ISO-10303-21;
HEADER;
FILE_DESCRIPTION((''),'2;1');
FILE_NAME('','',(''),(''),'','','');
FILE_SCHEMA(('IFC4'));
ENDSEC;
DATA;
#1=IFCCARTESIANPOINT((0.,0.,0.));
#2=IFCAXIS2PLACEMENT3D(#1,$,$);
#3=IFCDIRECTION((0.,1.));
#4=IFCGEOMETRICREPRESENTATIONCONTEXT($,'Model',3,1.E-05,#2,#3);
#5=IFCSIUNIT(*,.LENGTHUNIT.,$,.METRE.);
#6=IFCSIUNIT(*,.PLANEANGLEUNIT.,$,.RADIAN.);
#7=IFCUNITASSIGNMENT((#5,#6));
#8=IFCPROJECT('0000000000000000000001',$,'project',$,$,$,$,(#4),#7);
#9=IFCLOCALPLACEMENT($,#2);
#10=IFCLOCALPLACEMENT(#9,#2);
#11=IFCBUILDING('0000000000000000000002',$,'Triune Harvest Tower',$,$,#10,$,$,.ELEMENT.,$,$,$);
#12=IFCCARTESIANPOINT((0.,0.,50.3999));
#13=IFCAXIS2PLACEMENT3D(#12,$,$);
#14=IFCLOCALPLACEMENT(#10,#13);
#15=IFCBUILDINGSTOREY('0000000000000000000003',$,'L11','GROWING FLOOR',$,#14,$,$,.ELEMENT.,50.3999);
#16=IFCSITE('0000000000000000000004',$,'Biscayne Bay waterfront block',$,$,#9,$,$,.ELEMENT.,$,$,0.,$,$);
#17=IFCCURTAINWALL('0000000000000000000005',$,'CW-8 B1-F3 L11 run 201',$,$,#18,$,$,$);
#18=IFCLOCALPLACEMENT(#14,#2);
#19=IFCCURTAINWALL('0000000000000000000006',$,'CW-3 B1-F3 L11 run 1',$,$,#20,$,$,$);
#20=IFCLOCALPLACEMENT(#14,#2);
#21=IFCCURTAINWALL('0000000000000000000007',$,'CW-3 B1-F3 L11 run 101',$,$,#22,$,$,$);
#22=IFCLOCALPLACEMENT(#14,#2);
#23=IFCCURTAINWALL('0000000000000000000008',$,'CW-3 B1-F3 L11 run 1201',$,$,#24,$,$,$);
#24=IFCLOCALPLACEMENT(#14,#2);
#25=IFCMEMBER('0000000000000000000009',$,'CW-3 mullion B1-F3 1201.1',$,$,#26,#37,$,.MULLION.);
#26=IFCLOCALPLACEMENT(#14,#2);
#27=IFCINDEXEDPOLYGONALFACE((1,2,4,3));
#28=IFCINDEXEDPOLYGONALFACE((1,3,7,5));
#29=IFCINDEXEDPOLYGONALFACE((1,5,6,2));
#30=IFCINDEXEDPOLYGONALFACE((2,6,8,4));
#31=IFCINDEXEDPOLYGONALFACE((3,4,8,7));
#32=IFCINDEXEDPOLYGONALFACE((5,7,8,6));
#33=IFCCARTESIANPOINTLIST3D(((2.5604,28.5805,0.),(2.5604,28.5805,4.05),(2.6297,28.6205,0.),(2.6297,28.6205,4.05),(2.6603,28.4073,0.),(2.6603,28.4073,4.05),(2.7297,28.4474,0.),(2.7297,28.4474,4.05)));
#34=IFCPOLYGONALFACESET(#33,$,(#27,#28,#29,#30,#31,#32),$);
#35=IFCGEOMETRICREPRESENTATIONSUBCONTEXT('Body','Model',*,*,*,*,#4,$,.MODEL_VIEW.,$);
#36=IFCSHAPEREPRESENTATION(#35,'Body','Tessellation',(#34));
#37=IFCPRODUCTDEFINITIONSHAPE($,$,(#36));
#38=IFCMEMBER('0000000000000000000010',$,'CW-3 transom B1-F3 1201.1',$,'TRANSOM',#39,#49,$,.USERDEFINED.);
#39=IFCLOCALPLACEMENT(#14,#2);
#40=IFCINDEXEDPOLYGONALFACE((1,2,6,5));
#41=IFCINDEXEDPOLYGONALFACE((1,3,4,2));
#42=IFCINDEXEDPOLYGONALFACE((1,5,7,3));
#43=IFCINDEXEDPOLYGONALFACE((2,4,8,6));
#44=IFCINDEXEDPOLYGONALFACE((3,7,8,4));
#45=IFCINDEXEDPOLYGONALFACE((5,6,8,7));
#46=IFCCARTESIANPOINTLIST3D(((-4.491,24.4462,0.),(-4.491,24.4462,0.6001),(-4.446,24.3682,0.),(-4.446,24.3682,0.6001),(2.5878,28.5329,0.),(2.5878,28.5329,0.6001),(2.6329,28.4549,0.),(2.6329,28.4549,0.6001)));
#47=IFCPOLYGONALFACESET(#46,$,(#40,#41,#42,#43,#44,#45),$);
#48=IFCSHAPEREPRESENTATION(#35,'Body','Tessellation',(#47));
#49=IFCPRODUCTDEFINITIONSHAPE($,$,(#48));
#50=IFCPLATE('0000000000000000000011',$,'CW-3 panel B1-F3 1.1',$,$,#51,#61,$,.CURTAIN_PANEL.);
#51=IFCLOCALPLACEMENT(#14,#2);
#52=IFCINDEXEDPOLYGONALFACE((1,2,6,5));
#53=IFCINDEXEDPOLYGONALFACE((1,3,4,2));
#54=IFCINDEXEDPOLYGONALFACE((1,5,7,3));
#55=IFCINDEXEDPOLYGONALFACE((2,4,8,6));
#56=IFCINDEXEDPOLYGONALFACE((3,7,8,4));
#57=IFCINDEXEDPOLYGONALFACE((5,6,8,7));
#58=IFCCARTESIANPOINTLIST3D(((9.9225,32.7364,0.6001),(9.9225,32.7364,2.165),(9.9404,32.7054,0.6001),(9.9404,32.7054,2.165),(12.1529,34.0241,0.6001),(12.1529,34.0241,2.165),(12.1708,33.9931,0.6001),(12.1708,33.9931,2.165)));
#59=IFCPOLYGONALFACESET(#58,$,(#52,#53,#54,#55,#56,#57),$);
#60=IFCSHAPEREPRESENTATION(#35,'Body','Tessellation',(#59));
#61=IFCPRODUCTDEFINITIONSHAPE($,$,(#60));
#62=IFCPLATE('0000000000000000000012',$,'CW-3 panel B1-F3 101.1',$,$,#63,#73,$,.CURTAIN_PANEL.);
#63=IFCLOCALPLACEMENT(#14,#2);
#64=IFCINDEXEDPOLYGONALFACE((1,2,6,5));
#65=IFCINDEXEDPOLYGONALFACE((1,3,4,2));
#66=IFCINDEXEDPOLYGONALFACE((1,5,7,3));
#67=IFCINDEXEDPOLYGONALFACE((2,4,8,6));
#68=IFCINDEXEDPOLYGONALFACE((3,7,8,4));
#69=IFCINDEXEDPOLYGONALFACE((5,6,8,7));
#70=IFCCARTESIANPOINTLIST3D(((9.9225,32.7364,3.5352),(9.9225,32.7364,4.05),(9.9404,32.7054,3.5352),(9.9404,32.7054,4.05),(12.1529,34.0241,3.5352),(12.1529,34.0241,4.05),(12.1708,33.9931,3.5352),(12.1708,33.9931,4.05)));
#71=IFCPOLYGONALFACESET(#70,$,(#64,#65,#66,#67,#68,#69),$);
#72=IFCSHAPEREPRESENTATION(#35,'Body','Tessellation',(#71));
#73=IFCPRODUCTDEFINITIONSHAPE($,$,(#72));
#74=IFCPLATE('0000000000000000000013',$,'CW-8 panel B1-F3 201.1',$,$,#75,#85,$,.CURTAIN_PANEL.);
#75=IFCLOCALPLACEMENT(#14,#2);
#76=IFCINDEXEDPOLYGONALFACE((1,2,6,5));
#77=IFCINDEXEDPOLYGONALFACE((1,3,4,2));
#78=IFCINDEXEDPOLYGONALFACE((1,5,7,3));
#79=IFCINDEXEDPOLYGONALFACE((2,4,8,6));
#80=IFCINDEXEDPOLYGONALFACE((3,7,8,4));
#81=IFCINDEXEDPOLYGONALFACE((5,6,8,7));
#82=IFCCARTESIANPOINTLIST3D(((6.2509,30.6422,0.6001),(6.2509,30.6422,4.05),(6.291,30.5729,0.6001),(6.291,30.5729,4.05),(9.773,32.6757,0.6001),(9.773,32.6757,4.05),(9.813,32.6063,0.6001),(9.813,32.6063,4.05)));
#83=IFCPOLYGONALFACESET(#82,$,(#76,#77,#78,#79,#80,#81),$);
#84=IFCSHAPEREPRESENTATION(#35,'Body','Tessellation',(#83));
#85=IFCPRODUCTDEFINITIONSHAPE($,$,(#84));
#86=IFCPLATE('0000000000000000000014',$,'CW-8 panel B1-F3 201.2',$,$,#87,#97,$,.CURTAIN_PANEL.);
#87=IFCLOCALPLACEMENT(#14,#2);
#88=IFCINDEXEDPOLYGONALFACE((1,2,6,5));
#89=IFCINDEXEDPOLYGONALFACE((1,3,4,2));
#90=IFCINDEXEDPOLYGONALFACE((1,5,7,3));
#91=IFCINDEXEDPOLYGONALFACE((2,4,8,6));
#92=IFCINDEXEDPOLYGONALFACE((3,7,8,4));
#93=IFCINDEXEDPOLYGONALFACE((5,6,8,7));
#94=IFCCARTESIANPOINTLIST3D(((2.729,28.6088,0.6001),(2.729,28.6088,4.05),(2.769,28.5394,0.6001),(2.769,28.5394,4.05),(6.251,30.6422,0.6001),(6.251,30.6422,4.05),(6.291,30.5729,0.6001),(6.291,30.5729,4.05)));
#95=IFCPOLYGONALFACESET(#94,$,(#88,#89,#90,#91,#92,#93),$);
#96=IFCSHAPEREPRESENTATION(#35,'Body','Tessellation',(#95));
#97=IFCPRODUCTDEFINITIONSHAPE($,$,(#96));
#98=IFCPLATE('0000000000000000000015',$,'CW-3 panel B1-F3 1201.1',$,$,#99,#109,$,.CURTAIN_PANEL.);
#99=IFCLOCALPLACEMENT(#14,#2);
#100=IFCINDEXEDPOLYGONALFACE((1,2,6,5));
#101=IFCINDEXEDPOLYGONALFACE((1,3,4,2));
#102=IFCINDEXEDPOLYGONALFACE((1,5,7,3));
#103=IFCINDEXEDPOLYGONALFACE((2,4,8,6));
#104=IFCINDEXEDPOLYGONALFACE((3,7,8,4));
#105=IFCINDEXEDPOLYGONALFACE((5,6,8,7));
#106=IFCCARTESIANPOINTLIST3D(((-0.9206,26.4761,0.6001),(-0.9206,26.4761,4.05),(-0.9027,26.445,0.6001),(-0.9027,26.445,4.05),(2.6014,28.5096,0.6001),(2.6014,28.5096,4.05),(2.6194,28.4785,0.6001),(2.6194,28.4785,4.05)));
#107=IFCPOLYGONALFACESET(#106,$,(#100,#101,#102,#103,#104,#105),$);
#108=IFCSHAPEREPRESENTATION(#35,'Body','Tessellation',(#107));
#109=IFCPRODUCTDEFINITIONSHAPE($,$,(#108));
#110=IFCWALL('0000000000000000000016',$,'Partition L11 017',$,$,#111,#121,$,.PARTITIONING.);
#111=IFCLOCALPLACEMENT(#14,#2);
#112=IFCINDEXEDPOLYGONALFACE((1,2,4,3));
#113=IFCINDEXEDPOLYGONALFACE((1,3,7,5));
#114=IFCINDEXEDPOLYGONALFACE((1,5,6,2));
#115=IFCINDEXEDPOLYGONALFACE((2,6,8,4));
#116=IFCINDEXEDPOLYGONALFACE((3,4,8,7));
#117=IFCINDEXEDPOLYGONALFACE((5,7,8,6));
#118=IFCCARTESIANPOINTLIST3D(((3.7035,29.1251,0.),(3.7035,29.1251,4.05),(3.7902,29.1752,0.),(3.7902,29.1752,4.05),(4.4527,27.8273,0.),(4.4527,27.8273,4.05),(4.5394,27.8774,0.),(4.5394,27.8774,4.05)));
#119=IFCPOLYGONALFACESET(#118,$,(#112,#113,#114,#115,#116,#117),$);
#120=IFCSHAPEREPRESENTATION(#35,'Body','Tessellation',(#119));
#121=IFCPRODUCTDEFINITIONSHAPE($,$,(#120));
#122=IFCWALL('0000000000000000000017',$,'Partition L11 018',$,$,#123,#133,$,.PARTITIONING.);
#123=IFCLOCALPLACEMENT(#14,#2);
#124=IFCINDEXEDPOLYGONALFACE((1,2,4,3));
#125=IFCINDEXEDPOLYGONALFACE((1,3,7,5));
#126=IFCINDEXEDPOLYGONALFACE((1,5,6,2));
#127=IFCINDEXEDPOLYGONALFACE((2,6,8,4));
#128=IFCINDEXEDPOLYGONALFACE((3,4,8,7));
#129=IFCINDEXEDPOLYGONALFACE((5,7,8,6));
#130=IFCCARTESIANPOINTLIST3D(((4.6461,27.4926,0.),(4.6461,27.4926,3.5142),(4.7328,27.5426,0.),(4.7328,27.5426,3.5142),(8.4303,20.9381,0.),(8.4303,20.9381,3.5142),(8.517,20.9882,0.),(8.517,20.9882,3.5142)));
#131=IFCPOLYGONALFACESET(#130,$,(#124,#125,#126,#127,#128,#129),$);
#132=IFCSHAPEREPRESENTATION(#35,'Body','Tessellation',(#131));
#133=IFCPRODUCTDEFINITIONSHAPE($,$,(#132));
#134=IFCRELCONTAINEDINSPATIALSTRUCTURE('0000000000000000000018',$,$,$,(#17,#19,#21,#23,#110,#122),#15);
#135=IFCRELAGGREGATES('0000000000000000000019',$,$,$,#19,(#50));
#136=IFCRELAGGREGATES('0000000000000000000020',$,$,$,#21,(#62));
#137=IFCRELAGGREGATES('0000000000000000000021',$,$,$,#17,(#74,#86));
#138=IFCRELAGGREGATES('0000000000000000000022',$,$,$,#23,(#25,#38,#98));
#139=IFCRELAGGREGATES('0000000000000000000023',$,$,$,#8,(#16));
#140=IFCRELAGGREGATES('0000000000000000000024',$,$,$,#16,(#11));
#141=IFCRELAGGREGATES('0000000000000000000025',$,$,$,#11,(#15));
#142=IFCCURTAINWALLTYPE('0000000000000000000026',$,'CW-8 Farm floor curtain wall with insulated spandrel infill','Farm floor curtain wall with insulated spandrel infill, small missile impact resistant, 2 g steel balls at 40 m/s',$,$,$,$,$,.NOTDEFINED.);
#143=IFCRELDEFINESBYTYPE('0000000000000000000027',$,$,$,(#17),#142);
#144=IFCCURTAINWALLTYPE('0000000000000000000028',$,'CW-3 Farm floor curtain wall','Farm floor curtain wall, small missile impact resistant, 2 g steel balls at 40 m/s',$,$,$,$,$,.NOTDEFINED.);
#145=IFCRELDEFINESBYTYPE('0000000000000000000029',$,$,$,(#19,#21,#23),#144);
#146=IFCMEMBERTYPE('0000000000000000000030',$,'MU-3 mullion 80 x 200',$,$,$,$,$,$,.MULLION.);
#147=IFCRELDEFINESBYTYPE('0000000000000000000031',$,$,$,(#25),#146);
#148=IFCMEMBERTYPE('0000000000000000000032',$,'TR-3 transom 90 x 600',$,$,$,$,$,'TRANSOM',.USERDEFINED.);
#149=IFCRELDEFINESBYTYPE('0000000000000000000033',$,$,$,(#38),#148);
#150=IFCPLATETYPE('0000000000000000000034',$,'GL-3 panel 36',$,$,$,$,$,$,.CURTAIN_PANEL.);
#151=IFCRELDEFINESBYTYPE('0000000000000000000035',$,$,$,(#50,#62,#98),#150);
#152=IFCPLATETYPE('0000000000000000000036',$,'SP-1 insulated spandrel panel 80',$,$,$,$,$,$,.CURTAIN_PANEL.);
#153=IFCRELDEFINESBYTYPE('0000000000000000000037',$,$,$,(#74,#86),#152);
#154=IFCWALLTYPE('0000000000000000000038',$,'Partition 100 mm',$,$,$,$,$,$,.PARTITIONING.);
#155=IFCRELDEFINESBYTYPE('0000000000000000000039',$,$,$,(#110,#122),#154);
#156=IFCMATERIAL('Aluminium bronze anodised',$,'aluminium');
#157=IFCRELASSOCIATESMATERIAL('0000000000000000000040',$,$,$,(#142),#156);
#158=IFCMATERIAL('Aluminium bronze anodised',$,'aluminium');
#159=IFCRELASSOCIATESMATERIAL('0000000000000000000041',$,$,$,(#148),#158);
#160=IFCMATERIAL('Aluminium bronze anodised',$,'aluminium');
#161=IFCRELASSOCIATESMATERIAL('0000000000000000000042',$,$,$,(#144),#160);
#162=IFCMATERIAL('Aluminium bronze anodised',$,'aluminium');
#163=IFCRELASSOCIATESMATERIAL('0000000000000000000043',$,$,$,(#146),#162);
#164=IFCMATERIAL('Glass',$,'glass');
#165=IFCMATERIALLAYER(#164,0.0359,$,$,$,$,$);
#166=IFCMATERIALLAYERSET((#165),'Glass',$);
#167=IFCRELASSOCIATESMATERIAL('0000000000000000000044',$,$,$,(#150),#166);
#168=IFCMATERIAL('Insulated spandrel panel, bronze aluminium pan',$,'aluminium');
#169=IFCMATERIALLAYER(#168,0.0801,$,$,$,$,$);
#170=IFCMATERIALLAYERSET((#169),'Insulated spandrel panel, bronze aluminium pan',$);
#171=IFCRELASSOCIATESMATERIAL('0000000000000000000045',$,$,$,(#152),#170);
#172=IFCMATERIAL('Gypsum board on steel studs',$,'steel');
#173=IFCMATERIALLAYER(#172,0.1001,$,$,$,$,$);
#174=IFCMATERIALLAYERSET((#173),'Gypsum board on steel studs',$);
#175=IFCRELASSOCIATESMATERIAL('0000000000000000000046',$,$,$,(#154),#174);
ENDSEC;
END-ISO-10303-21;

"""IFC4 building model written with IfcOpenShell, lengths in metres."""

from ifc_helpers import new_model, si_unit, direction, frame, frame_2d, origin, origin_2d, place, context, subcontext, project, spatial, rectangle, extrude, source, transform, mapped, material, layer, layer_set, material_profile, profile_set, type_object, element, aggregate, save


model = new_model("IFC4")

# Units and contexts
model_context = context("Model", 3, precision=1e-05, world=origin(), true_north=direction((0.0, 1.0)))
body_context = subcontext(model_context, "Body", "Model", "MODEL_VIEW")
ifc_project = project(units=[si_unit("LENGTHUNIT", "METRE"), si_unit("PLANEANGLEUNIT", "RADIAN")], contexts=[model_context])

# Site, building, storey
site_placement = place(None, origin())
site = spatial("IfcSite", under=ifc_project, at=site_placement, Name="Biscayne Bay waterfront block", CompositionType="ELEMENT", RefElevation=0.0)
building_placement = place(site_placement, origin())
building = spatial("IfcBuilding", under=site, at=building_placement, Name="Triune Harvest Tower", CompositionType="ELEMENT")
storey_placement = place(building_placement, frame((0.0, 0.0, 50.3999)))
storey = spatial("IfcBuildingStorey", under=building, at=storey_placement, Name="L11", Description="GROWING FLOOR", CompositionType="ELEMENT", Elevation=50.3999)

# Curtain wall
ifc_material_1 = material(Name="Aluminium bronze anodised", Category="aluminium")
curtain_wall_type_1 = type_object("IfcCurtainWallType", Name="CW-8 Farm floor curtain wall with insulated spandrel infill", Description="Farm floor curtain wall with insulated spandrel infill, small missile impact resistant, 2 g steel balls at 40 m/s", PredefinedType="NOTDEFINED", material=ifc_material_1)
curtain_wall_1_placement = place(storey_placement, origin())
curtain_wall_1 = element("IfcCurtainWall", 1, at=curtain_wall_1_placement, inside=storey, type_object=curtain_wall_type_1, Name="CW-8 B1-F3 L11 run 201")
ifc_material_2 = material(Name="Aluminium bronze anodised", Category="aluminium")
ifc_material_profile_1 = material_profile(ifc_material_2, rectangle(XDim=0.0901, YDim=0.6001, at=origin_2d()), Name="TR-3 transom 90 x 600")
ifc_profile_set_1 = profile_set([ifc_material_profile_1], Name="Aluminium bronze anodised")
member_type_1 = type_object("IfcMemberType", Name="TR-3 transom 90 x 600", ElementType="TRANSOM", PredefinedType="USERDEFINED", material=ifc_profile_set_1)

# Curtain walls
ifc_material_3 = material(Name="Aluminium bronze anodised", Category="aluminium")
curtain_wall_type_2 = type_object("IfcCurtainWallType", Name="CW-3 Farm floor curtain wall", Description="Farm floor curtain wall, small missile impact resistant, 2 g steel balls at 40 m/s", PredefinedType="NOTDEFINED", material=ifc_material_3)
curtain_wall_2_placement = place(storey_placement, origin())
curtain_wall_2 = element("IfcCurtainWall", 2, at=curtain_wall_2_placement, inside=storey, type_object=curtain_wall_type_2, Name="CW-3 B1-F3 L11 run 1")
ifc_material_4 = material(Name="Aluminium bronze anodised", Category="aluminium")
ifc_material_profile_2 = material_profile(ifc_material_4, rectangle(XDim=0.2, YDim=0.0801, at=origin_2d()), Name="MU-3 mullion 80 x 200")
ifc_profile_set_2 = profile_set([ifc_material_profile_2], Name="Aluminium bronze anodised")
member_type_2 = type_object("IfcMemberType", Name="MU-3 mullion 80 x 200", PredefinedType="MULLION", material=ifc_profile_set_2)
curtain_wall_3_placement = place(storey_placement, origin())
curtain_wall_3 = element("IfcCurtainWall", 3, at=curtain_wall_3_placement, inside=storey, type_object=curtain_wall_type_2, Name="CW-3 B1-F3 L11 run 101")

# Shared definitions
shared_shape_1 = source(origin(), body_context, "Body", "SweptSolid", [
    extrude(rectangle(XDim=0.2, YDim=0.0801, at=origin_2d()), origin(), (0.0, 0.0, 1.0), 4.05),
])

# Curtain wall, members
curtain_wall_4_placement = place(storey_placement, origin())
curtain_wall_4 = element("IfcCurtainWall", 4, at=curtain_wall_4_placement, inside=storey, type_object=curtain_wall_type_2, Name="CW-3 B1-F3 L11 run 1201")
member_1_placement = place(storey_placement, frame((2.645, 28.5139, 0.0), z_axis=(0.0, 0.0, 1.0), x_axis=(0.499998, -0.866026, 0.0)))
member_1 = element("IfcMember", 5, at=member_1_placement, type_object=member_type_2, Name="CW-3 mullion B1-F3 1201.1", PredefinedType="MULLION", context=body_context, shape_type="MappedRepresentation", body=[
    mapped(shared_shape_1, transform((0.0, 0.0, 0.0), scale=1.0)),
])
shared_shape_2 = source(origin(), body_context, "Body", "SweptSolid", [
    extrude(rectangle(XDim=0.0901, YDim=0.6001, at=origin_2d()), origin(), (0.0, 0.0, 1.0), 8.1738),
])
member_2_placement = place(storey_placement, frame((2.6104, 28.4939, 0.3), z_axis=(-0.866042, -0.499972, 0.0), x_axis=(0.499972, -0.866042, 0.0)))
member_2 = element("IfcMember", 6, at=member_2_placement, type_object=member_type_1, Name="CW-3 transom B1-F3 1201.1", ObjectType="TRANSOM", PredefinedType="USERDEFINED", context=body_context, shape_type="MappedRepresentation", body=[
    mapped(shared_shape_2, transform((0.0, 0.0, 0.0), scale=1.0)),
])

# Plates
ifc_material_5 = material(Name="Glass", Category="glass")
ifc_layer_1 = layer(ifc_material_5, 0.0359)
ifc_layer_set_1 = layer_set([ifc_layer_1], Name="Glass")
plate_type_1 = type_object("IfcPlateType", Name="GL-3 panel 36", PredefinedType="CURTAIN_PANEL", material=ifc_layer_set_1)
plate_1_placement = place(storey_placement, frame((11.0466, 33.3647, 0.6001), z_axis=(0.0, 0.0, 1.0), x_axis=(-0.866032, -0.499988, 0.0)))
plate_1 = element("IfcPlate", 7, at=plate_1_placement, type_object=plate_type_1, Name="CW-3 panel B1-F3 1.1", PredefinedType="CURTAIN_PANEL", context=body_context, shape_type="SweptSolid", body=[
    extrude(rectangle(XDim=2.5754, YDim=0.0359, at=origin_2d()), origin(), (0.0, 0.0, 1.0), 1.5649),
])
aggregate(curtain_wall_2, [plate_1])
shared_shape_3 = source(origin(), body_context, "Body", "SweptSolid", [
    extrude(rectangle(XDim=2.5754, YDim=0.0359, at=origin_2d()), origin(), (0.0, 0.0, 1.0), 0.5149),
])
plate_2_placement = place(storey_placement, frame((11.0466, 33.3647, 3.5352), z_axis=(0.0, 0.0, 1.0), x_axis=(-0.866032, -0.499988, 0.0)))
plate_2 = element("IfcPlate", 8, at=plate_2_placement, type_object=plate_type_1, Name="CW-3 panel B1-F3 101.1", PredefinedType="CURTAIN_PANEL", context=body_context, shape_type="MappedRepresentation", body=[
    mapped(shared_shape_3, transform((0.0, 0.0, 0.0), scale=1.0)),
])
aggregate(curtain_wall_3, [plate_2])
ifc_material_6 = material(Name="Insulated spandrel panel, bronze aluminium pan", Category="aluminium")
ifc_layer_2 = layer(ifc_material_6, 0.0801)
ifc_layer_set_2 = layer_set([ifc_layer_2], Name="Insulated spandrel panel, bronze aluminium pan")
plate_type_2 = type_object("IfcPlateType", Name="SP-1 insulated spandrel panel 80", PredefinedType="CURTAIN_PANEL", material=ifc_layer_set_2)
shared_shape_4 = source(origin(), body_context, "Body", "SweptSolid", [
    extrude(rectangle(XDim=4.0669, YDim=0.0801, at=origin_2d()), origin(), (0.0, 0.0, 1.0), 3.45),
])
plate_3_placement = place(storey_placement, frame((8.032, 31.6243, 0.6001), z_axis=(0.0, 0.0, 1.0), x_axis=(-0.866024, -0.500002, 0.0)))
plate_3 = element("IfcPlate", 9, at=plate_3_placement, type_object=plate_type_2, Name="CW-8 panel B1-F3 201.1", PredefinedType="CURTAIN_PANEL", context=body_context, shape_type="MappedRepresentation", body=[
    mapped(shared_shape_4, transform((0.0, 0.0, 0.0), scale=1.0)),
])
plate_4_placement = place(storey_placement, frame((4.51, 29.5908, 0.6001), z_axis=(0.0, 0.0, 1.0), x_axis=(-0.866024, -0.500002, 0.0)))
plate_4 = element("IfcPlate", 10, at=plate_4_placement, type_object=plate_type_2, Name="CW-8 panel B1-F3 201.2", PredefinedType="CURTAIN_PANEL", context=body_context, shape_type="MappedRepresentation", body=[
    mapped(shared_shape_4, transform((0.0, 0.0, 0.0), scale=1.0)),
])
aggregate(curtain_wall_1, [plate_3, plate_4])
shared_shape_5 = source(origin(), body_context, "Body", "SweptSolid", [
    extrude(rectangle(XDim=4.0669, YDim=0.0359, at=origin_2d()), origin(), (0.0, 0.0, 1.0), 3.45),
])
plate_5_placement = place(storey_placement, frame((0.8494, 27.4773, 0.6001), z_axis=(0.0, 0.0, 1.0), x_axis=(-0.866026, -0.499998, 0.0)))
plate_5 = element("IfcPlate", 11, at=plate_5_placement, type_object=plate_type_1, Name="CW-3 panel B1-F3 1201.1", PredefinedType="CURTAIN_PANEL", context=body_context, shape_type="MappedRepresentation", body=[
    mapped(shared_shape_5, transform((0.0, 0.0, 0.0), scale=1.0)),
])
aggregate(curtain_wall_4, [member_1, member_2, plate_5])

# Walls
ifc_material_7 = material(Name="Gypsum board on steel studs", Category="steel")
ifc_layer_3 = layer(ifc_material_7, 0.1001)
ifc_layer_set_3 = layer_set([ifc_layer_3], Name="Gypsum board on steel studs")
wall_type = type_object("IfcWallType", Name="Partition 100 mm", PredefinedType="PARTITIONING", material=ifc_layer_set_3)
shared_shape_6 = source(origin(), body_context, "Body", "SweptSolid", [
    extrude(rectangle(XDim=1.4985, YDim=0.1001, at=frame_2d((0.7493, 0.0))), origin(), (0.0, 0.0, 1.0), 4.05),
])
wall_1_placement = place(storey_placement, frame((3.7468, 29.1501, 0.0), z_axis=(0.0, 0.0, 1.0), x_axis=(0.499976, -0.866039, 0.0)))
element("IfcWall", 12, at=wall_1_placement, inside=storey, type_object=wall_type, Name="Partition L11 017", PredefinedType="PARTITIONING", context=body_context, shape_type="MappedRepresentation", body=[
    mapped(shared_shape_6, transform((0.0, 0.0, 0.0), scale=1.0)),
])
shared_shape_7 = source(origin(), body_context, "Body", "SweptSolid", [
    extrude(rectangle(XDim=7.5684, YDim=0.1001, at=frame_2d((3.7842, 0.0))), origin(), (0.0, 0.0, 1.0), 3.5142),
])
wall_2_placement = place(storey_placement, frame((4.6895, 27.5176, 0.0), z_axis=(0.0, 0.0, 1.0), x_axis=(0.499997, -0.866027, 0.0)))
element("IfcWall", 13, at=wall_2_placement, inside=storey, type_object=wall_type, Name="Partition L11 018", PredefinedType="PARTITIONING", context=body_context, shape_type="MappedRepresentation", body=[
    mapped(shared_shape_7, transform((0.0, 0.0, 0.0), scale=1.0)),
])

save(model, "model.ifc")
